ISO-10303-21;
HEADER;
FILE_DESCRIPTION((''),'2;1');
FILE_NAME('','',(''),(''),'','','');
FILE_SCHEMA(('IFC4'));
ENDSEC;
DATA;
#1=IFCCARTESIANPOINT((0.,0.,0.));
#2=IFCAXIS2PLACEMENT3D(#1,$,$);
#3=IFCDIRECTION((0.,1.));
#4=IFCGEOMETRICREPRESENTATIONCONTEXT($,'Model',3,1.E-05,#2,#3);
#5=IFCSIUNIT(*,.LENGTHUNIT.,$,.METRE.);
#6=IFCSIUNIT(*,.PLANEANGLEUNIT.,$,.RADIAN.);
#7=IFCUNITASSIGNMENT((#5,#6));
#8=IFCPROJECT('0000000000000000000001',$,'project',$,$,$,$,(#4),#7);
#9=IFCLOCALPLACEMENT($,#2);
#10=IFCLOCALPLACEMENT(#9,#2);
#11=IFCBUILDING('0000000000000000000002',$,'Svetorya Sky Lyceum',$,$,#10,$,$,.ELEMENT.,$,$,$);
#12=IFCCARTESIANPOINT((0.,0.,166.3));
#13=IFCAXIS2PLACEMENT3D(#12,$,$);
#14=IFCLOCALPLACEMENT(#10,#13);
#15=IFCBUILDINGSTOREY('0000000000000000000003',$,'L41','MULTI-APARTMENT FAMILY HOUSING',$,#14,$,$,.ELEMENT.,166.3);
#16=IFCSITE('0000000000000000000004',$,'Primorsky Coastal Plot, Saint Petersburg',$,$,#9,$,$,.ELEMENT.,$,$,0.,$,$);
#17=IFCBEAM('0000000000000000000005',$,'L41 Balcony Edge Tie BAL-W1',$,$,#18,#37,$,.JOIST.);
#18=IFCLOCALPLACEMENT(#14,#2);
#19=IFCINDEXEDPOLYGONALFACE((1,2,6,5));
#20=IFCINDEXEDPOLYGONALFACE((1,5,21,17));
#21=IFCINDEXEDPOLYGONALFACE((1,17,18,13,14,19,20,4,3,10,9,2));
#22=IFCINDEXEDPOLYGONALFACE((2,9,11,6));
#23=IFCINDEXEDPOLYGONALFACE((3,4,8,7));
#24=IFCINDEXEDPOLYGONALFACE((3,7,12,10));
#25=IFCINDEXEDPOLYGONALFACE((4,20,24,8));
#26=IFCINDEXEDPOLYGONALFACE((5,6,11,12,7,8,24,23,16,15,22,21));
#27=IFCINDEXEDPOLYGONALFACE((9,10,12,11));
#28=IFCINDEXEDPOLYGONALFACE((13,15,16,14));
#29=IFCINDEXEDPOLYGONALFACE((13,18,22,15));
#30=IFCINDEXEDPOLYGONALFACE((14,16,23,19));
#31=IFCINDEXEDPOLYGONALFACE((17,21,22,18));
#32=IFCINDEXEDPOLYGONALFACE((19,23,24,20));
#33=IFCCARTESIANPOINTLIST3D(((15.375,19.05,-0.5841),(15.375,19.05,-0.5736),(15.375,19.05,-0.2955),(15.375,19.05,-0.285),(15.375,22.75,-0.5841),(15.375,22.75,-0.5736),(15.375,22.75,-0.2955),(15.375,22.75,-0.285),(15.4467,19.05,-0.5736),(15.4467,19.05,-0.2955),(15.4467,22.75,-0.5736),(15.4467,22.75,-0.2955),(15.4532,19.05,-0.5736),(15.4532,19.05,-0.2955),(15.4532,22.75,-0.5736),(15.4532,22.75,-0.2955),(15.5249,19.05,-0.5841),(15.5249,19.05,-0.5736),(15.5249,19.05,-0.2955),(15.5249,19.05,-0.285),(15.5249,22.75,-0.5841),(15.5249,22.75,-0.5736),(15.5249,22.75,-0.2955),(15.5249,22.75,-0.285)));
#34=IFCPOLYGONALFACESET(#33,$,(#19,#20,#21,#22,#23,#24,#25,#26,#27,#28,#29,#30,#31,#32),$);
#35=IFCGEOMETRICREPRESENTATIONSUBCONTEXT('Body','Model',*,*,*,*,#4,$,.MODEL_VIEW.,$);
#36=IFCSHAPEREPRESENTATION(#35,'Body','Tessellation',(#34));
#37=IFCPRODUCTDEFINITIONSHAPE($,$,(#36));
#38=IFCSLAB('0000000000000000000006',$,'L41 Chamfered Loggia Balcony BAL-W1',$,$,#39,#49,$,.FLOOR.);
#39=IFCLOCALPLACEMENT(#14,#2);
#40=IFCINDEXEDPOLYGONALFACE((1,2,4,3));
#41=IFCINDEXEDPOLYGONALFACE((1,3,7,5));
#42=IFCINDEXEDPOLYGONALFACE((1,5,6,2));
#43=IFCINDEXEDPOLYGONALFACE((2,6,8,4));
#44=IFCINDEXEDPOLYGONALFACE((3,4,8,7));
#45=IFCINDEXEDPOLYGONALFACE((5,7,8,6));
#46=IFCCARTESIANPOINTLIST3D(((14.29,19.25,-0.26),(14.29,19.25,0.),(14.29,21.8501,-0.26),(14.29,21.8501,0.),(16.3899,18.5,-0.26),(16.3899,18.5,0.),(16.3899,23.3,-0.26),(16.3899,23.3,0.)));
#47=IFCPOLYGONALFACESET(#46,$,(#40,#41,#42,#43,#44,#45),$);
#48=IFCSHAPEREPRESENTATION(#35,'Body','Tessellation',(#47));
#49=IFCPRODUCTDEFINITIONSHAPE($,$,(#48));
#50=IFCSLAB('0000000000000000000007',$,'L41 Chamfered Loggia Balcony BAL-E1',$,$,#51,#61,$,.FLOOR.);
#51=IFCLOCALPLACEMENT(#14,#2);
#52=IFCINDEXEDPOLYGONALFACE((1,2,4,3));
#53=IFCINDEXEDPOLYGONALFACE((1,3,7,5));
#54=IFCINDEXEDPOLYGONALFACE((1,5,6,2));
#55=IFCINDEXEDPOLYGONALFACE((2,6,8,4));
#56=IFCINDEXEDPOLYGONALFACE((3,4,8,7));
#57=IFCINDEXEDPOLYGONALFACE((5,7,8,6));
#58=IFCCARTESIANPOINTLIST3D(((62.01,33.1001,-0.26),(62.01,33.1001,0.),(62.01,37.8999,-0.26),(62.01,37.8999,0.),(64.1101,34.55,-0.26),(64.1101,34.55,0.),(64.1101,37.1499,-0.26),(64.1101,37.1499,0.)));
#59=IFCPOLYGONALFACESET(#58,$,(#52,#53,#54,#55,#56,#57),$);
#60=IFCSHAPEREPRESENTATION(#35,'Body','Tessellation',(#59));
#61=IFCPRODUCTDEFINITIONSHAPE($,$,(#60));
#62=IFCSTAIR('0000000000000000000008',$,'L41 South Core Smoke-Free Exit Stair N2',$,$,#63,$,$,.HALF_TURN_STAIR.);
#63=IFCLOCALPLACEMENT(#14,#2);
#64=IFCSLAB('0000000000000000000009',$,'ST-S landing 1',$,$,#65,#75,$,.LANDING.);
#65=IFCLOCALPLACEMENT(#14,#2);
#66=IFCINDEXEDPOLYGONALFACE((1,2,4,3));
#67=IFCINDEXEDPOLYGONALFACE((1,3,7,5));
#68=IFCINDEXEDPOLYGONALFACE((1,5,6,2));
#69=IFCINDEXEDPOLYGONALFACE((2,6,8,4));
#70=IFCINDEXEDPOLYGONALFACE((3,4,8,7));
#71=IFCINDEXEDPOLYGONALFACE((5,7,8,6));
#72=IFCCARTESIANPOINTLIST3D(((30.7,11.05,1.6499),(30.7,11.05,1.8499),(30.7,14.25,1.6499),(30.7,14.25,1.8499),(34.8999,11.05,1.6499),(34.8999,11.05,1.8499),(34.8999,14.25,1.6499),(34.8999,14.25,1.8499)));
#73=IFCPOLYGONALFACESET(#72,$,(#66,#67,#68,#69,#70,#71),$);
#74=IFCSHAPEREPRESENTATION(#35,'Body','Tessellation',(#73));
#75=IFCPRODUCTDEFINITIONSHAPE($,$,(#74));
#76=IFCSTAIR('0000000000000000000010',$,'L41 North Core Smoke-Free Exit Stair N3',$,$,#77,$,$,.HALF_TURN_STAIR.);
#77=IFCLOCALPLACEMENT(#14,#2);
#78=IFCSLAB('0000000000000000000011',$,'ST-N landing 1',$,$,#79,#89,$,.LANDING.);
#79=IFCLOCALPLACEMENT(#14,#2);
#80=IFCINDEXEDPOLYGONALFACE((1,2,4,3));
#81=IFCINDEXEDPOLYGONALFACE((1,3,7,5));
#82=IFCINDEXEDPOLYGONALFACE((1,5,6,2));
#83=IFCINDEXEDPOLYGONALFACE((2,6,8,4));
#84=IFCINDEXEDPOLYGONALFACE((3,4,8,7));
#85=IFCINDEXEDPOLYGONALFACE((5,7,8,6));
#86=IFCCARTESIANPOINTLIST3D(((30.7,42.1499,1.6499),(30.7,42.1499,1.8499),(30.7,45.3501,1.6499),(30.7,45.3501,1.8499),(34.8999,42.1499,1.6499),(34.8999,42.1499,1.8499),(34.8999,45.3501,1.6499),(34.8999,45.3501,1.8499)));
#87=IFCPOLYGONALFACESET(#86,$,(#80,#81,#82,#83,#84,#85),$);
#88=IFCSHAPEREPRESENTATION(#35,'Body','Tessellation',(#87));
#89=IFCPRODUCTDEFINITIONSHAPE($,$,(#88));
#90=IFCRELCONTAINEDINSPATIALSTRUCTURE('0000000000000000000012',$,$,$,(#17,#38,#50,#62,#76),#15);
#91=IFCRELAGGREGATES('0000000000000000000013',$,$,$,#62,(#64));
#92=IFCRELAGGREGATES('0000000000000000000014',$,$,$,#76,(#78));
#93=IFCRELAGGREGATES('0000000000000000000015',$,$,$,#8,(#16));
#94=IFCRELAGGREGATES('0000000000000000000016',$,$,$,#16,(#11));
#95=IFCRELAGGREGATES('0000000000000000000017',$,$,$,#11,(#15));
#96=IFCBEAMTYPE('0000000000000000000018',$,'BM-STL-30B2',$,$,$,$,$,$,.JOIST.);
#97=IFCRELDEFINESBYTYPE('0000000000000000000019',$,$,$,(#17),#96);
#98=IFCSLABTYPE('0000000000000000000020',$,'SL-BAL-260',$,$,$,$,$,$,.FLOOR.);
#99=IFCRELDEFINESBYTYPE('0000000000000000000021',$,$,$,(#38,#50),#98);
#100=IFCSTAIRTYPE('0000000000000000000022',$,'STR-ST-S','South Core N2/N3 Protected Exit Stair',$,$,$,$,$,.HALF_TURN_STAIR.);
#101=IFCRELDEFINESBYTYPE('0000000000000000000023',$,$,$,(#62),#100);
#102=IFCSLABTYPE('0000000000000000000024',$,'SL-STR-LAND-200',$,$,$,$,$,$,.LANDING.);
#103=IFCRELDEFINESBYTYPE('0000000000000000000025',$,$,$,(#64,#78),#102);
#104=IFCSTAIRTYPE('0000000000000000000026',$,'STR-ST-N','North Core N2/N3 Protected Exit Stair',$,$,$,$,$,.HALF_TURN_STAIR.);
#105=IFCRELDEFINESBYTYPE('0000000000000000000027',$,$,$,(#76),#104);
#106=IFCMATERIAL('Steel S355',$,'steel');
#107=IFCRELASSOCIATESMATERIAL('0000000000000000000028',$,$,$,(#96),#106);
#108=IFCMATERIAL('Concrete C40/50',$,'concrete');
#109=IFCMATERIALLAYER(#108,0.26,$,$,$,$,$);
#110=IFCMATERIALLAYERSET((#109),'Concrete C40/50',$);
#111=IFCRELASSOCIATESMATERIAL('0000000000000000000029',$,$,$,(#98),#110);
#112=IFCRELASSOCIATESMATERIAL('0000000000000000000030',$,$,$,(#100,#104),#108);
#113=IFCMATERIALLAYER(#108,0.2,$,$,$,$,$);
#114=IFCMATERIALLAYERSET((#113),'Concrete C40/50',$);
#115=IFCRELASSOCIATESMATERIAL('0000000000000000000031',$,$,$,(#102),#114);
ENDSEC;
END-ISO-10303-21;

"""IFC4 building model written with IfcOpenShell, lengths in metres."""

from ifc_helpers import new_model, si_unit, direction, frame, origin, origin_2d, place, context, subcontext, project, spatial, polyline, i_section, outline, extrude, material, layer, layer_set, material_profile, profile_set, type_object, element, aggregate, save


model = new_model("IFC4")

# Units and contexts
model_context = context("Model", 3, precision=1e-05, world=origin(), true_north=direction((0.0, 1.0)))
body_context = subcontext(model_context, "Body", "Model", "MODEL_VIEW")
ifc_project = project(units=[si_unit("LENGTHUNIT", "METRE"), si_unit("PLANEANGLEUNIT", "RADIAN")], contexts=[model_context])

# Site, building, storey
site_placement = place(None, origin())
site = spatial("IfcSite", under=ifc_project, at=site_placement, Name="Primorsky Coastal Plot, Saint Petersburg", CompositionType="ELEMENT", RefElevation=0.0)
building_placement = place(site_placement, origin())
building = spatial("IfcBuilding", under=site, at=building_placement, Name="Svetorya Sky Lyceum", CompositionType="ELEMENT")
storey_placement = place(building_placement, frame((0.0, 0.0, 166.3)))
storey = spatial("IfcBuildingStorey", under=building, at=storey_placement, Name="L41", Description="MULTI-APARTMENT FAMILY HOUSING", CompositionType="ELEMENT", Elevation=166.3)

# Beam
ifc_material_1 = material(Name="Steel S355", Category="steel")
ifc_material_profile = material_profile(ifc_material_1, i_section(OverallWidth=0.1499, OverallDepth=0.2991, WebThickness=0.0066, FlangeThickness=0.0105, at=origin_2d()), Name="GOST 30B2")
ifc_profile_set = profile_set([ifc_material_profile], Name="Steel S355")
beam_type = type_object("IfcBeamType", Name="BM-STL-30B2", PredefinedType="JOIST", material=ifc_profile_set)
beam_placement = place(storey_placement, frame((15.45, 19.05, -0.4346), z_axis=(0.0, 1.0, 0.0), x_axis=(-1.0, 0.0, 0.0)))
element("IfcBeam", 1, at=beam_placement, inside=storey, type_object=beam_type, Name="L41 Balcony Edge Tie BAL-W1", PredefinedType="JOIST", context=body_context, shape_type="SweptSolid", body=[
    extrude(i_section(OverallWidth=0.1499, OverallDepth=0.2991, WebThickness=0.0066, FlangeThickness=0.0105, at=origin_2d()), origin(), (0.0, 0.0, 1.0), 3.7),
])

# Slabs
ifc_material_2 = material(Name="Concrete C40/50", Category="concrete")
ifc_layer_1 = layer(ifc_material_2, 0.26)
ifc_layer_set_1 = layer_set([ifc_layer_1], Name="Concrete C40/50")
slab_type_1 = type_object("IfcSlabType", Name="SL-BAL-260", PredefinedType="FLOOR", material=ifc_layer_set_1)
slab_1_placement = place(storey_placement, frame((0.0, 0.0, -0.26)))
element("IfcSlab", 2, at=slab_1_placement, inside=storey, type_object=slab_type_1, Name="L41 Chamfered Loggia Balcony BAL-W1", PredefinedType="FLOOR", context=body_context, shape_type="SweptSolid", body=[
    extrude(outline(polyline([(16.3899, 18.5), (16.3899, 23.3), (14.29, 21.8501), (14.29, 19.25), (16.3899, 18.5)])), origin(), (0.0, 0.0, 1.0), 0.26),
])
slab_2_placement = place(storey_placement, frame((0.0, 0.0, -0.26)))
element("IfcSlab", 3, at=slab_2_placement, inside=storey, type_object=slab_type_1, Name="L41 Chamfered Loggia Balcony BAL-E1", PredefinedType="FLOOR", context=body_context, shape_type="SweptSolid", body=[
    extrude(outline(polyline([(62.01, 33.1001), (64.1101, 34.55), (64.1101, 37.1499), (62.01, 37.8999), (62.01, 33.1001)])), origin(), (0.0, 0.0, 1.0), 0.26),
])

# Stairs, slabs
stair_type_1 = type_object("IfcStairType", Name="STR-ST-S", Description="South Core N2/N3 Protected Exit Stair", PredefinedType="HALF_TURN_STAIR", material=ifc_material_2)
stair_1_placement = place(storey_placement, origin())
stair_1 = element("IfcStair", 4, at=stair_1_placement, inside=storey, type_object=stair_type_1, Name="L41 South Core Smoke-Free Exit Stair N2", PredefinedType="HALF_TURN_STAIR")
ifc_layer_2 = layer(ifc_material_2, 0.2)
ifc_layer_set_2 = layer_set([ifc_layer_2], Name="Concrete C40/50")
slab_type_2 = type_object("IfcSlabType", Name="SL-STR-LAND-200", PredefinedType="LANDING", material=ifc_layer_set_2)
slab_3_placement = place(storey_placement, frame((0.0, 0.0, 1.6499)))
slab_3 = element("IfcSlab", 5, at=slab_3_placement, type_object=slab_type_2, Name="ST-S landing 1", PredefinedType="LANDING", context=body_context, shape_type="SweptSolid", body=[
    extrude(outline(polyline([(30.7, 11.05), (34.8999, 11.05), (34.8999, 14.25), (30.7, 14.25), (30.7, 11.05)])), origin(), (0.0, 0.0, 1.0), 0.2),
])
aggregate(stair_1, [slab_3])
stair_type_2 = type_object("IfcStairType", Name="STR-ST-N", Description="North Core N2/N3 Protected Exit Stair", PredefinedType="HALF_TURN_STAIR", material=ifc_material_2)
stair_2_placement = place(storey_placement, origin())
stair_2 = element("IfcStair", 6, at=stair_2_placement, inside=storey, type_object=stair_type_2, Name="L41 North Core Smoke-Free Exit Stair N3", PredefinedType="HALF_TURN_STAIR")
slab_4_placement = place(storey_placement, frame((0.0, 0.0, 1.6499)))
slab_4 = element("IfcSlab", 7, at=slab_4_placement, type_object=slab_type_2, Name="ST-N landing 1", PredefinedType="LANDING", context=body_context, shape_type="SweptSolid", body=[
    extrude(outline(polyline([(30.7, 42.1499), (34.8999, 42.1499), (34.8999, 45.3501), (30.7, 45.3501), (30.7, 42.1499)])), origin(), (0.0, 0.0, 1.0), 0.2),
])
aggregate(stair_2, [slab_4])

save(model, "model.ifc")
